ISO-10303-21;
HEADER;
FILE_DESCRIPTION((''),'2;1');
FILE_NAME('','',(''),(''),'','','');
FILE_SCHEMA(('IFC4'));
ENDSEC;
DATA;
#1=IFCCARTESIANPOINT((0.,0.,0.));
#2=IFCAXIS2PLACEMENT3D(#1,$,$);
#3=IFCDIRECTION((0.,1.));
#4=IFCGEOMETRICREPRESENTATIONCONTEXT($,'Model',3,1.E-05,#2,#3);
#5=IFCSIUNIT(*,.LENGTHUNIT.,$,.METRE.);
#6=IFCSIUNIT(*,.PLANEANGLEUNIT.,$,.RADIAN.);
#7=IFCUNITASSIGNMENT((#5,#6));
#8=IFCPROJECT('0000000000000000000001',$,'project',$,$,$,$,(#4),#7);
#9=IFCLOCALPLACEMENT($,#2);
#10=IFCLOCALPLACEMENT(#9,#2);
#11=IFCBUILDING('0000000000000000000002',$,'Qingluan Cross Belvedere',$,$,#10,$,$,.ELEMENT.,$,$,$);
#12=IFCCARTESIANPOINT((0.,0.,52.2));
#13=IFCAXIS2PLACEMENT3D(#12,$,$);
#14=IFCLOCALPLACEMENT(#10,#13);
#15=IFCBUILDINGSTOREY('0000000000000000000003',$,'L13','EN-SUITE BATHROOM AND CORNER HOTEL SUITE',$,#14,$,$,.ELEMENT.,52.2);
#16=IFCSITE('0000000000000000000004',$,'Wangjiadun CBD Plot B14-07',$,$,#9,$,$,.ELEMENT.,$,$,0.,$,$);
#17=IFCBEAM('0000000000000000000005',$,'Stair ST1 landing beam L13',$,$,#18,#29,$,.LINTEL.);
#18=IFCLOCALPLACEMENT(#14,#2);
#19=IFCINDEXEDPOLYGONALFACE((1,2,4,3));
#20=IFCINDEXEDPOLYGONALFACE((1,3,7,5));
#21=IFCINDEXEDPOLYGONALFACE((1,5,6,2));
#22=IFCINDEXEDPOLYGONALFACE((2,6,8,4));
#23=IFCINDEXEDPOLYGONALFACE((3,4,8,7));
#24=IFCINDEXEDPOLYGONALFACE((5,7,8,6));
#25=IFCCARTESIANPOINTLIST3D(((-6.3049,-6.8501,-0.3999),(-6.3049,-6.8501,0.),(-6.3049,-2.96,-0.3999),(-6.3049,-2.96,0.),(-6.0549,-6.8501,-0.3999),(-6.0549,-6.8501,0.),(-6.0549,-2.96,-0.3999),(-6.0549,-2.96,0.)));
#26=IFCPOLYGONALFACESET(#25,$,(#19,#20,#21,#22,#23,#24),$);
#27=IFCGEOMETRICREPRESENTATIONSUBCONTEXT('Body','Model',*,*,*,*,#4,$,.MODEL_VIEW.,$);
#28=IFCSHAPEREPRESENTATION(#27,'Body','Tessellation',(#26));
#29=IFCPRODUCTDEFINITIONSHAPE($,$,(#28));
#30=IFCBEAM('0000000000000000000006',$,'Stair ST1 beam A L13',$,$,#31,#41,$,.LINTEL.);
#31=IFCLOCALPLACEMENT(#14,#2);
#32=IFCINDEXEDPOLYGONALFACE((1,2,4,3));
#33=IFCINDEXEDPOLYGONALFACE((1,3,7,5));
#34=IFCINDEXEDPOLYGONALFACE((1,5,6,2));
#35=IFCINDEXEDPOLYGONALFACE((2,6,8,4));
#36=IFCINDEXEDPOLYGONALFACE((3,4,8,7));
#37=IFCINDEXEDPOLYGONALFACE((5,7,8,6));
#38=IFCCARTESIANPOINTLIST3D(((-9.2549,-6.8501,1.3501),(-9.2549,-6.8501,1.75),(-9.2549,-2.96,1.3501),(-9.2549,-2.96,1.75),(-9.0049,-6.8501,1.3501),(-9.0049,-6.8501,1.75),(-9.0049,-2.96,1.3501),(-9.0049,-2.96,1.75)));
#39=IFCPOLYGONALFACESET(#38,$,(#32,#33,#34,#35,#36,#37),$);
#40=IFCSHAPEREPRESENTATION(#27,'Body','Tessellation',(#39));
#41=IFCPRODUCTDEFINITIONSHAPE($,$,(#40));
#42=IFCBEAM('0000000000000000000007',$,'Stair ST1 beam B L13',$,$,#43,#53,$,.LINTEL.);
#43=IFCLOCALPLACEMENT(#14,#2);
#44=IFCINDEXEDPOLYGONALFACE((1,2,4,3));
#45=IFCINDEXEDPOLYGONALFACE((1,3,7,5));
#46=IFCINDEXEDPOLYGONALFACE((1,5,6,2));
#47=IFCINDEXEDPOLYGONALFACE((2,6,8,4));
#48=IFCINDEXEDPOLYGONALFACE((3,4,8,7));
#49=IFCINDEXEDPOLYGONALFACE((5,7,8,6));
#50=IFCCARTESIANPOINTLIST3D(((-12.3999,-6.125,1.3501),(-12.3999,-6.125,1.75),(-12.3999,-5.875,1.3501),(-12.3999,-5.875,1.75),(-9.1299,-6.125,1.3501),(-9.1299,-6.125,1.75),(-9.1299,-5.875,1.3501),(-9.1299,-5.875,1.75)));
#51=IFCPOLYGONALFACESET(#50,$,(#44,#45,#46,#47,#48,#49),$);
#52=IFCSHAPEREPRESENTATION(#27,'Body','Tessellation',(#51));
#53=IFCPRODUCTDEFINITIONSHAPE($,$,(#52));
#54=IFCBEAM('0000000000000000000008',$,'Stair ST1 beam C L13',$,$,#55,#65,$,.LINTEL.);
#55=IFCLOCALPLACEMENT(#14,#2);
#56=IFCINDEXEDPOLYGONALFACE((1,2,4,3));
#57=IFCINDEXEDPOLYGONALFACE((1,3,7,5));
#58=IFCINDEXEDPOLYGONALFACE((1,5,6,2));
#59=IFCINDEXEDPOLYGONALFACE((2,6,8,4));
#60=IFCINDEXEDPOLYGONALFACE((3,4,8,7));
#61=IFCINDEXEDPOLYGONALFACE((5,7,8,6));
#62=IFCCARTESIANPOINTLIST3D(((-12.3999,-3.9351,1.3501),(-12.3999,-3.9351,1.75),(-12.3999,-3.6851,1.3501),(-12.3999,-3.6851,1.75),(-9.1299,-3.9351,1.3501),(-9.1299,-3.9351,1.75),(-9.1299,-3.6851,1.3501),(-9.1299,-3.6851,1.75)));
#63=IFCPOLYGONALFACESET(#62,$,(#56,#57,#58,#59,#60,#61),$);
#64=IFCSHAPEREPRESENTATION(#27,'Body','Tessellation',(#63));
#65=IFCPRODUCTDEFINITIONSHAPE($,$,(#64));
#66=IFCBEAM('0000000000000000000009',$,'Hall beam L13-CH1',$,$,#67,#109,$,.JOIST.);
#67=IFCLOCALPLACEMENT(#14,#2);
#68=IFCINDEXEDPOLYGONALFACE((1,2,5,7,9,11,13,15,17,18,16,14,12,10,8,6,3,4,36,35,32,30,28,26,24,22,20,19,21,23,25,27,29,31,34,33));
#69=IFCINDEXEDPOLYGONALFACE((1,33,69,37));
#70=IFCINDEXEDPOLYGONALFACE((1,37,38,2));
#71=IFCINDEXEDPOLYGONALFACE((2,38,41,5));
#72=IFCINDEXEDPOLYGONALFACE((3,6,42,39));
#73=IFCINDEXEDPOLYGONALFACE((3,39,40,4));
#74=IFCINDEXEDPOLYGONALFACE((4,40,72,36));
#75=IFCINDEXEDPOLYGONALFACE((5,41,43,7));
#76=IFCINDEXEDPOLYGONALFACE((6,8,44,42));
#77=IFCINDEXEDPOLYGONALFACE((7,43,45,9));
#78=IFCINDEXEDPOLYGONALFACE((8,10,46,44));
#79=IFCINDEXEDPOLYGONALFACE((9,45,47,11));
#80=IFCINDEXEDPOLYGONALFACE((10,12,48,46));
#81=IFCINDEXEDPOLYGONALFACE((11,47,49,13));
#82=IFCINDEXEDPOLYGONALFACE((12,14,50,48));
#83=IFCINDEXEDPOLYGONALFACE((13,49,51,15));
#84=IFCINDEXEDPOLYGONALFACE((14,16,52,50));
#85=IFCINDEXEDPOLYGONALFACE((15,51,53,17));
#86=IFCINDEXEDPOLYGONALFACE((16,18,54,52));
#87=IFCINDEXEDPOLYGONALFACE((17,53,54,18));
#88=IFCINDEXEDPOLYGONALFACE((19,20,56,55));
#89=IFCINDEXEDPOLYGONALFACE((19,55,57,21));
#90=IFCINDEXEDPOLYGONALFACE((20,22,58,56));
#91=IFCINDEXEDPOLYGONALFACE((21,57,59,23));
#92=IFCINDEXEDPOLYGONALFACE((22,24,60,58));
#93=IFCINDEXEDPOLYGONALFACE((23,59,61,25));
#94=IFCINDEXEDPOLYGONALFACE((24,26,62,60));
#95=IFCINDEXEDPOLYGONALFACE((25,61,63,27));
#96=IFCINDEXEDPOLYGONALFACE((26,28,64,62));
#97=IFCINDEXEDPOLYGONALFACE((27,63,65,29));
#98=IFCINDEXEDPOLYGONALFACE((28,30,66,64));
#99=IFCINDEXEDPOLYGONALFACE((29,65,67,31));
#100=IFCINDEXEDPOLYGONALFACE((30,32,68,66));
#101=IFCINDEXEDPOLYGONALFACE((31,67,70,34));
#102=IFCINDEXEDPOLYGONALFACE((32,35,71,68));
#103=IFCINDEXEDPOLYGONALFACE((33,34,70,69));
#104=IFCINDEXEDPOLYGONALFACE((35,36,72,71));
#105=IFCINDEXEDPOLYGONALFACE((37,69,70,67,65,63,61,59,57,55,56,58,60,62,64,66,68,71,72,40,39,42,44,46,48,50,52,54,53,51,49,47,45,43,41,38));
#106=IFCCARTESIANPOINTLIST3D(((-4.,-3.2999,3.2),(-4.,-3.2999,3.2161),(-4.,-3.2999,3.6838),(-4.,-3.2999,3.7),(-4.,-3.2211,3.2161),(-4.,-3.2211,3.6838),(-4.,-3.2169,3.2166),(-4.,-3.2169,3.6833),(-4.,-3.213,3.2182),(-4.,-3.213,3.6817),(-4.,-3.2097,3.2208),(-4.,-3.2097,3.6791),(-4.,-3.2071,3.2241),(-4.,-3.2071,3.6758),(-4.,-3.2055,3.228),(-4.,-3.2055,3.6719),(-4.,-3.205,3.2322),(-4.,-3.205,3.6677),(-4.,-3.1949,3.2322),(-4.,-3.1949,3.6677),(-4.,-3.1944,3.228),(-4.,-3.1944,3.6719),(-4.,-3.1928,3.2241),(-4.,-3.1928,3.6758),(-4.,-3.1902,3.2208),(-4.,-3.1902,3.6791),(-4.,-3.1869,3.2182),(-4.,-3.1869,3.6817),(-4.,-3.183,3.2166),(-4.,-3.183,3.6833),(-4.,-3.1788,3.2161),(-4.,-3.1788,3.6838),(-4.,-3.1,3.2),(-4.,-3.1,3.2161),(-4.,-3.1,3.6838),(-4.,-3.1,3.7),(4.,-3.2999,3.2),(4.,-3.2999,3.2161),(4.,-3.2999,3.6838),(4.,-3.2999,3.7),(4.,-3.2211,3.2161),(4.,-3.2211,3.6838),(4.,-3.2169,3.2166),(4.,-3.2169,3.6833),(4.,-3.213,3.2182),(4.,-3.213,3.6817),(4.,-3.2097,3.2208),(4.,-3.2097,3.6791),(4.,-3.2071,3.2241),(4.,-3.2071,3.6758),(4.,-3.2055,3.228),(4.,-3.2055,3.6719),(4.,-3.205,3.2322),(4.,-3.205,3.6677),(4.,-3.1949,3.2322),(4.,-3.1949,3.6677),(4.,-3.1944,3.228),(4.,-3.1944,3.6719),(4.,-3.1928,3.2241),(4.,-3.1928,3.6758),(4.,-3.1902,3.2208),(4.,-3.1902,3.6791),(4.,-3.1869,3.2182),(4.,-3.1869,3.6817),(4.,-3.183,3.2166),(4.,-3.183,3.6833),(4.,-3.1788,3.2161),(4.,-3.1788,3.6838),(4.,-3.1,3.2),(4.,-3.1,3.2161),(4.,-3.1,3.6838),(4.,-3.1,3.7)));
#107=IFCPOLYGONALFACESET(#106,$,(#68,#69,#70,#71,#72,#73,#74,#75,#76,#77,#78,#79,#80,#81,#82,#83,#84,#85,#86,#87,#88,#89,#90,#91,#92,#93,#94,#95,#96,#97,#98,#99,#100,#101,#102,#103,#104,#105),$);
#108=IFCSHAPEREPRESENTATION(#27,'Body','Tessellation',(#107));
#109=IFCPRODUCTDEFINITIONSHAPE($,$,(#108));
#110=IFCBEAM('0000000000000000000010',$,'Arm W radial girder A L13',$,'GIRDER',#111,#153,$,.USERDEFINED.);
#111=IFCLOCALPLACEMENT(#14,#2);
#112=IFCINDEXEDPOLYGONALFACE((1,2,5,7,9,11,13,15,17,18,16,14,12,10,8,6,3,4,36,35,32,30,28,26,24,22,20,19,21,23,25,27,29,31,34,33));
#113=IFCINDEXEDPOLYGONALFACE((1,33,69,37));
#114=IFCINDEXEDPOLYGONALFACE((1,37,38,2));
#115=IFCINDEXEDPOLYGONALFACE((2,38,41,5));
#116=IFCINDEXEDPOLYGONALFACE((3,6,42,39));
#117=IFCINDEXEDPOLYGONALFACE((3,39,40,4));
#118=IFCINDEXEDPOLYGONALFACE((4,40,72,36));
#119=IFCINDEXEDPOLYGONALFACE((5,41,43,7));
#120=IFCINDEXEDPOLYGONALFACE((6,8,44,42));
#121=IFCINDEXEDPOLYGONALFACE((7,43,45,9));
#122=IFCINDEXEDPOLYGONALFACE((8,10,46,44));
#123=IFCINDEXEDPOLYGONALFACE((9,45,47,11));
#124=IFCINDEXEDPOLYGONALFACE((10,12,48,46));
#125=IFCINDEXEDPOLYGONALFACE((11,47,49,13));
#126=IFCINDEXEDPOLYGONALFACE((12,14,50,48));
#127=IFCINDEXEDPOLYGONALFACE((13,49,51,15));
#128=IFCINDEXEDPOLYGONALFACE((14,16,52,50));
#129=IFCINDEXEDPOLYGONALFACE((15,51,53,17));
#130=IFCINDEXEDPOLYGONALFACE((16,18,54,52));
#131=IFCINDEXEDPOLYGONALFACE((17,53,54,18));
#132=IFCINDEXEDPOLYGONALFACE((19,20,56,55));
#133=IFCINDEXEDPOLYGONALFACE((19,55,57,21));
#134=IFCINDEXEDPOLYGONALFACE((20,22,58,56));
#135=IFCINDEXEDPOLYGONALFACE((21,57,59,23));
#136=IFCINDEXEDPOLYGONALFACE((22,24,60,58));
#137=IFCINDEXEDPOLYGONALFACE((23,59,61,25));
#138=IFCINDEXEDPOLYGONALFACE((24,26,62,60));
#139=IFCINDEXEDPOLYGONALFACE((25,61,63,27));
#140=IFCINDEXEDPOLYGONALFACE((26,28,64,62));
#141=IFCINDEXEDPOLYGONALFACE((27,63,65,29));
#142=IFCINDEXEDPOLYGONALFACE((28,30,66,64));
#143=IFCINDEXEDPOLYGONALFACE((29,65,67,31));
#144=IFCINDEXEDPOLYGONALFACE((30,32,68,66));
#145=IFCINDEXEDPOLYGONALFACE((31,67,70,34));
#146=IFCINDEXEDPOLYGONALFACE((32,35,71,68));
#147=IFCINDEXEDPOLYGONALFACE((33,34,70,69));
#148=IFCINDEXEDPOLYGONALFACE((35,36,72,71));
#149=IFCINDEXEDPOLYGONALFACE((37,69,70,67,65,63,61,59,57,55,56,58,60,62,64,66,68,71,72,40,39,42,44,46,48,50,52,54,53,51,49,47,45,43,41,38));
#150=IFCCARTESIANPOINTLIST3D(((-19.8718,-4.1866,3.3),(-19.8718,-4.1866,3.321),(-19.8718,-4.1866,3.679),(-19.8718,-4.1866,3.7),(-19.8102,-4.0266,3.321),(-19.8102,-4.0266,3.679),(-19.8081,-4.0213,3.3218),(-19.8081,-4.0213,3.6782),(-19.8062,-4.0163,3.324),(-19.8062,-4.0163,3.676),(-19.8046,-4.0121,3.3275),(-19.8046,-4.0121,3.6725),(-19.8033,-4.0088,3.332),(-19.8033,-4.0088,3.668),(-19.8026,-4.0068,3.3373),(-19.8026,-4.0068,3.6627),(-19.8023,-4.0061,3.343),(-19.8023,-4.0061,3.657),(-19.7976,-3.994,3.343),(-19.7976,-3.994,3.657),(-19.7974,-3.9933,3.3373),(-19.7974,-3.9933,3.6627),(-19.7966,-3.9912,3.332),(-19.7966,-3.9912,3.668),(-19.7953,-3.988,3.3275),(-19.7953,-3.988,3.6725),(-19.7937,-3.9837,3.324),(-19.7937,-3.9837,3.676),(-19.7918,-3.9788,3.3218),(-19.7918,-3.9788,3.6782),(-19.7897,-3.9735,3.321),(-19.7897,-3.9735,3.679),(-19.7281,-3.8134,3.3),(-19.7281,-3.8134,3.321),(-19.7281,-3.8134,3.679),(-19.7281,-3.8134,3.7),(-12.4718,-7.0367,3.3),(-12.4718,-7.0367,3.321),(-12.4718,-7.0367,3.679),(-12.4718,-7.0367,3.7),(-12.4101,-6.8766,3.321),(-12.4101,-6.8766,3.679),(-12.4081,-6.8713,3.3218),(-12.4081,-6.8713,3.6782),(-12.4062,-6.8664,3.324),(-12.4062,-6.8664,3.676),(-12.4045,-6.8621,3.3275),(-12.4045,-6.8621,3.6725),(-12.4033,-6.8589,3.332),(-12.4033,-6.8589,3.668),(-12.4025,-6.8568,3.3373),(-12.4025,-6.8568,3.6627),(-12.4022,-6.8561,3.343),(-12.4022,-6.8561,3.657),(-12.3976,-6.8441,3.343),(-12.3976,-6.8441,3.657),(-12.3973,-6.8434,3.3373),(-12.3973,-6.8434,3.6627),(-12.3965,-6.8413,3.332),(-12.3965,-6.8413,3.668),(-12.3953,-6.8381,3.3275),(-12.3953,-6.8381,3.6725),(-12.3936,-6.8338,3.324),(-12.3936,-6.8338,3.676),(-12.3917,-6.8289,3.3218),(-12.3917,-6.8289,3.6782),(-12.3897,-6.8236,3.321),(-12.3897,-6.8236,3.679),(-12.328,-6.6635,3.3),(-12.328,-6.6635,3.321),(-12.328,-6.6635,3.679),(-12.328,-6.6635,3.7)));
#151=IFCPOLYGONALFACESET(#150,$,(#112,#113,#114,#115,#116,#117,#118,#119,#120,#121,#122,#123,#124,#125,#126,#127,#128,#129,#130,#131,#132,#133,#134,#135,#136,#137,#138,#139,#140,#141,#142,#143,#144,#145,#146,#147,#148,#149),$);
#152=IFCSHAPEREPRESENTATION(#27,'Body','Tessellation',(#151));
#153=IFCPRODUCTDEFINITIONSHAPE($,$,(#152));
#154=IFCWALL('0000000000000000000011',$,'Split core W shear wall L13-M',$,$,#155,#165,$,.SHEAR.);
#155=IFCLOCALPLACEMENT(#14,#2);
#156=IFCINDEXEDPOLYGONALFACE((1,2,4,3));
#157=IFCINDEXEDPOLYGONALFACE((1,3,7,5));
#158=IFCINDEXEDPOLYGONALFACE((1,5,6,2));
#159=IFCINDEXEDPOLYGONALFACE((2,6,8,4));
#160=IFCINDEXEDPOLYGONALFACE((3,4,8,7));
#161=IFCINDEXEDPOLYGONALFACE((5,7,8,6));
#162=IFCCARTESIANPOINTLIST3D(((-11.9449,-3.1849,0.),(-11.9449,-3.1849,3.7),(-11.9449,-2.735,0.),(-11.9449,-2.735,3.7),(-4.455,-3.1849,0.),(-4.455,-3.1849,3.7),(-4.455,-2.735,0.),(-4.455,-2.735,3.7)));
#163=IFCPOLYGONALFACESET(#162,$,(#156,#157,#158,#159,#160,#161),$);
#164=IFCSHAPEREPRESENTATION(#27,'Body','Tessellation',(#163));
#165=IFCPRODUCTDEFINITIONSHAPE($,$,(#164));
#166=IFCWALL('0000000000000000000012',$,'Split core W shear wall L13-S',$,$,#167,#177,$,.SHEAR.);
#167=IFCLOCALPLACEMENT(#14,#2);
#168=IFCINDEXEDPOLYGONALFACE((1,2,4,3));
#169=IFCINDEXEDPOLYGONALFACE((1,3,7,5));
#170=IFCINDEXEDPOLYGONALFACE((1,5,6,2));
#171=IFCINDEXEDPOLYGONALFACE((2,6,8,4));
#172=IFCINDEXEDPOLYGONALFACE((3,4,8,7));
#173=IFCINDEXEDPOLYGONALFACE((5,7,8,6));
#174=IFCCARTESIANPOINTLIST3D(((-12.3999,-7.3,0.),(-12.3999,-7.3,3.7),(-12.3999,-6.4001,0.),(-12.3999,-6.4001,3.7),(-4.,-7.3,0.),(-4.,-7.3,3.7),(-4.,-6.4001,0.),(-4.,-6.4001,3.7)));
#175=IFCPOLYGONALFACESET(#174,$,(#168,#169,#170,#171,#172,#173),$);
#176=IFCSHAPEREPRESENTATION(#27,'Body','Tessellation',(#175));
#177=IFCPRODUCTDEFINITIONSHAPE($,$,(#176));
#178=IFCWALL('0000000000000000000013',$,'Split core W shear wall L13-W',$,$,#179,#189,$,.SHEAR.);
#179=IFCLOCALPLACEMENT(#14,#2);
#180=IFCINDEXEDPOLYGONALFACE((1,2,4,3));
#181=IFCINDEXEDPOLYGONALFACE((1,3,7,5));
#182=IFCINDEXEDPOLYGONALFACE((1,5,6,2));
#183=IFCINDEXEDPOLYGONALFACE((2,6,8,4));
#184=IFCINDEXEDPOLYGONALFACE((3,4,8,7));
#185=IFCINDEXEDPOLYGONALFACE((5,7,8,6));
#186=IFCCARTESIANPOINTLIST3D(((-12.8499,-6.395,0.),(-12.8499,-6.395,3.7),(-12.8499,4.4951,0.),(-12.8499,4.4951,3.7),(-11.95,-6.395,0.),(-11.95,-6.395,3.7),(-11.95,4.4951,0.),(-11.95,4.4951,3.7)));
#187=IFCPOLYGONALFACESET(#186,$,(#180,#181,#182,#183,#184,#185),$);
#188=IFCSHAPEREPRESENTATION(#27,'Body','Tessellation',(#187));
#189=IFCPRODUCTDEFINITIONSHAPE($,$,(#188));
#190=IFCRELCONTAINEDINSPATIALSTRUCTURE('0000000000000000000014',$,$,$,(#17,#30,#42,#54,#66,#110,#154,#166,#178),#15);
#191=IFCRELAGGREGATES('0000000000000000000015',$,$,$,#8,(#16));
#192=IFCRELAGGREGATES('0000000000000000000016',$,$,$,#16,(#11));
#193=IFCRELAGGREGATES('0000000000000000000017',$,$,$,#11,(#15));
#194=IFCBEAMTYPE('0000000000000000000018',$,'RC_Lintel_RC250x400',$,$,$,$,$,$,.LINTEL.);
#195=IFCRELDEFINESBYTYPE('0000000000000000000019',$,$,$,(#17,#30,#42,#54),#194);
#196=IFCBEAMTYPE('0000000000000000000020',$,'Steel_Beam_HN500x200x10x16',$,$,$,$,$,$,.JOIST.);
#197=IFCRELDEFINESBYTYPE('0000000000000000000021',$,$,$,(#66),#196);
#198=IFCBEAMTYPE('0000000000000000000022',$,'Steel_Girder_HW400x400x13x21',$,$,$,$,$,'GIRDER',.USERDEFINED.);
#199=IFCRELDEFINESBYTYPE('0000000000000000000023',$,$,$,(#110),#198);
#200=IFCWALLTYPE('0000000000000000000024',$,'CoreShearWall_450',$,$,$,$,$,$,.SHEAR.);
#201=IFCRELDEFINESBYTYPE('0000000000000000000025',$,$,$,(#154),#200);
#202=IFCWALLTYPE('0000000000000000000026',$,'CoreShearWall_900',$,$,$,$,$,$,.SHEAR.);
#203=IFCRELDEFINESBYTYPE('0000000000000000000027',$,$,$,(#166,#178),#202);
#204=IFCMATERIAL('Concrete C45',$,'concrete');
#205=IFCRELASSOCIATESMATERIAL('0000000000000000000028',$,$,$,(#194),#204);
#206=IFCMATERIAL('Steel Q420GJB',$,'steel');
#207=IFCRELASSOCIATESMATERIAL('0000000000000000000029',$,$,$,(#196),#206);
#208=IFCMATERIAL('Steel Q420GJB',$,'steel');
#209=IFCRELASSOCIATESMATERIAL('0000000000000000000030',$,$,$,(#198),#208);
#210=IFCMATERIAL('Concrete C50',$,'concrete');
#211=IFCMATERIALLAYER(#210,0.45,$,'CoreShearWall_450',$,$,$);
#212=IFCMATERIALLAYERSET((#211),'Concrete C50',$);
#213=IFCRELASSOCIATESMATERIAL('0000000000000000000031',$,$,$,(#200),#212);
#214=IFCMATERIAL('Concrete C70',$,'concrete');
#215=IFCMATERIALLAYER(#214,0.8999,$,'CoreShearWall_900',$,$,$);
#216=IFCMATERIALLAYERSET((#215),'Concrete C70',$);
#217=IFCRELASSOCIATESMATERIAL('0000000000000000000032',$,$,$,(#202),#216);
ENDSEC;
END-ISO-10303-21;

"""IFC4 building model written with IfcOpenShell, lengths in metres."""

from ifc_helpers import new_model, si_unit, direction, frame, frame_2d, origin, origin_2d, place, context, subcontext, project, spatial, rectangle, i_section, extrude, material, layer, layer_set, material_profile, profile_set, type_object, element, save


model = new_model("IFC4")

# Units and contexts
model_context = context("Model", 3, precision=1e-05, world=origin(), true_north=direction((0.0, 1.0)))
body_context = subcontext(model_context, "Body", "Model", "MODEL_VIEW")
ifc_project = project(units=[si_unit("LENGTHUNIT", "METRE"), si_unit("PLANEANGLEUNIT", "RADIAN")], contexts=[model_context])

# Site, building, storey
site_placement = place(None, origin())
site = spatial("IfcSite", under=ifc_project, at=site_placement, Name="Wangjiadun CBD Plot B14-07", CompositionType="ELEMENT", RefElevation=0.0)
building_placement = place(site_placement, origin())
building = spatial("IfcBuilding", under=site, at=building_placement, Name="Qingluan Cross Belvedere", CompositionType="ELEMENT")
storey_placement = place(building_placement, frame((0.0, 0.0, 52.2)))
storey = spatial("IfcBuildingStorey", under=building, at=storey_placement, Name="L13", Description="EN-SUITE BATHROOM AND CORNER HOTEL SUITE", CompositionType="ELEMENT", Elevation=52.2)

# Beams
ifc_material_1 = material(Name="Concrete C45", Category="concrete")
ifc_material_profile_1 = material_profile(ifc_material_1, rectangle(XDim=0.25, YDim=0.3999, at=origin_2d()), Name="RC250x400")
ifc_profile_set_1 = profile_set([ifc_material_profile_1], Name="Concrete C45")
beam_type_1 = type_object("IfcBeamType", Name="RC_Lintel_RC250x400", PredefinedType="LINTEL", material=ifc_profile_set_1)
for number, where, z_axis, x_axis, name in (
    (1, (-6.1799, -6.8501, -0.2), (0.0, 1.0, 0.0), (-1.0, 0.0, 0.0), "Stair ST1 landing beam L13"),
    (2, (-9.1299, -6.8501, 1.55), (0.0, 1.0, 0.0), (-1.0, 0.0, 0.0), "Stair ST1 beam A L13"),
):
    element("IfcBeam", number, at=place(storey_placement, frame(where, z_axis=z_axis, x_axis=x_axis)), inside=storey, type_object=beam_type_1, Name=name, PredefinedType="LINTEL", context=body_context, shape_type="SweptSolid", body=[
        extrude(rectangle(XDim=0.25, YDim=0.3999, at=origin_2d()), origin(), (0.0, 0.0, 1.0), 3.8901),
    ])
for number, where, z_axis, x_axis, name in (
    (3, (-12.3999, -6.0, 1.55), (1.0, 0.0, 0.0), (0.0, 1.0, 0.0), "Stair ST1 beam B L13"),
    (4, (-12.3999, -3.8101, 1.55), (1.0, 0.0, 0.0), (0.0, 1.0, 0.0), "Stair ST1 beam C L13"),
):
    element("IfcBeam", number, at=place(storey_placement, frame(where, z_axis=z_axis, x_axis=x_axis)), inside=storey, type_object=beam_type_1, Name=name, PredefinedType="LINTEL", context=body_context, shape_type="SweptSolid", body=[
        extrude(rectangle(XDim=0.25, YDim=0.3999, at=origin_2d()), origin(), (0.0, 0.0, 1.0), 3.27),
    ])
ifc_material_2 = material(Name="Steel Q420GJB", Category="steel")
ifc_material_profile_2 = material_profile(ifc_material_2, i_section(OverallWidth=0.2, OverallDepth=0.5, WebThickness=0.01, FlangeThickness=0.0161, FilletRadius=0.0161, at=origin_2d()), Name="HN500x200x10x16")
ifc_profile_set_2 = profile_set([ifc_material_profile_2], Name="Steel Q420GJB")
beam_type_2 = type_object("IfcBeamType", Name="Steel_Beam_HN500x200x10x16", PredefinedType="JOIST", material=ifc_profile_set_2)
beam_1_placement = place(storey_placement, frame((-4.0, -3.2, 3.45), z_axis=(1.0, 0.0, 0.0), x_axis=(0.0, 1.0, 0.0)))
element("IfcBeam", 5, at=beam_1_placement, inside=storey, type_object=beam_type_2, Name="Hall beam L13-CH1", PredefinedType="JOIST", context=body_context, shape_type="SweptSolid", body=[
    extrude(i_section(OverallWidth=0.2, OverallDepth=0.5, WebThickness=0.01, FlangeThickness=0.0161, FilletRadius=0.0161, at=origin_2d()), origin(), (0.0, 0.0, 1.0), 8.0),
])
ifc_material_3 = material(Name="Steel Q420GJB", Category="steel")
ifc_material_profile_3 = material_profile(ifc_material_3, i_section(OverallWidth=0.3999, OverallDepth=0.3999, WebThickness=0.0129, FlangeThickness=0.021, FilletRadius=0.022, at=origin_2d()), Name="HW400x400x13x21")
ifc_profile_set_3 = profile_set([ifc_material_profile_3], Name="Steel Q420GJB")
beam_type_3 = type_object("IfcBeamType", Name="Steel_Girder_HW400x400x13x21", ElementType="GIRDER", PredefinedType="USERDEFINED", material=ifc_profile_set_3)
beam_2_placement = place(storey_placement, frame((-12.3999, -6.8501, 3.5), z_axis=(-0.933181, 0.359406, 0.0), x_axis=(-0.359406, -0.933181, 0.0)))
element("IfcBeam", 6, at=beam_2_placement, inside=storey, type_object=beam_type_3, Name="Arm W radial girder A L13", ObjectType="GIRDER", PredefinedType="USERDEFINED", context=body_context, shape_type="SweptSolid", body=[
    extrude(i_section(OverallWidth=0.3999, OverallDepth=0.3999, WebThickness=0.0129, FlangeThickness=0.021, FilletRadius=0.022, at=origin_2d()), origin(), (0.0, 0.0, 1.0), 7.9299),
])

# Walls
ifc_material_4 = material(Name="Concrete C50", Category="concrete")
ifc_layer_1 = layer(ifc_material_4, 0.45, Name="CoreShearWall_450")
ifc_layer_set_1 = layer_set([ifc_layer_1], Name="Concrete C50")
wall_type_1 = type_object("IfcWallType", Name="CoreShearWall_450", PredefinedType="SHEAR", material=ifc_layer_set_1)
wall_1_placement = place(storey_placement, frame((-11.9451, -2.96, 0.0), z_axis=(0.0, 0.0, 1.0), x_axis=(1.0, 0.0, 0.0)))
element("IfcWall", 7, at=wall_1_placement, inside=storey, type_object=wall_type_1, Name="Split core W shear wall L13-M", PredefinedType="SHEAR", context=body_context, shape_type="SweptSolid", body=[
    extrude(rectangle(XDim=7.49, YDim=0.45, at=frame_2d((3.7451, 0.0))), origin(), (0.0, 0.0, 1.0), 3.7),
])
ifc_material_5 = material(Name="Concrete C70", Category="concrete")
ifc_layer_2 = layer(ifc_material_5, 0.8999, Name="CoreShearWall_900")
ifc_layer_set_2 = layer_set([ifc_layer_2], Name="Concrete C70")
wall_type_2 = type_object("IfcWallType", Name="CoreShearWall_900", PredefinedType="SHEAR", material=ifc_layer_set_2)
wall_2_placement = place(storey_placement, frame((-12.3999, -6.8501, 0.0), z_axis=(0.0, 0.0, 1.0), x_axis=(1.0, 0.0, 0.0)))
element("IfcWall", 8, at=wall_2_placement, inside=storey, type_object=wall_type_2, Name="Split core W shear wall L13-S", PredefinedType="SHEAR", context=body_context, shape_type="SweptSolid", body=[
    extrude(rectangle(XDim=8.3999, YDim=0.8999, at=frame_2d((4.2, 0.0))), origin(), (0.0, 0.0, 1.0), 3.7),
])
wall_3_placement = place(storey_placement, frame((-12.3999, -6.395, 0.0), z_axis=(0.0, 0.0, 1.0), x_axis=(0.0, 1.0, 0.0)))
element("IfcWall", 9, at=wall_3_placement, inside=storey, type_object=wall_type_2, Name="Split core W shear wall L13-W", PredefinedType="SHEAR", context=body_context, shape_type="SweptSolid", body=[
    extrude(rectangle(XDim=10.8901, YDim=0.8999, at=frame_2d((5.4451, 0.0))), origin(), (0.0, 0.0, 1.0), 3.7),
])

save(model, "model.ifc")
